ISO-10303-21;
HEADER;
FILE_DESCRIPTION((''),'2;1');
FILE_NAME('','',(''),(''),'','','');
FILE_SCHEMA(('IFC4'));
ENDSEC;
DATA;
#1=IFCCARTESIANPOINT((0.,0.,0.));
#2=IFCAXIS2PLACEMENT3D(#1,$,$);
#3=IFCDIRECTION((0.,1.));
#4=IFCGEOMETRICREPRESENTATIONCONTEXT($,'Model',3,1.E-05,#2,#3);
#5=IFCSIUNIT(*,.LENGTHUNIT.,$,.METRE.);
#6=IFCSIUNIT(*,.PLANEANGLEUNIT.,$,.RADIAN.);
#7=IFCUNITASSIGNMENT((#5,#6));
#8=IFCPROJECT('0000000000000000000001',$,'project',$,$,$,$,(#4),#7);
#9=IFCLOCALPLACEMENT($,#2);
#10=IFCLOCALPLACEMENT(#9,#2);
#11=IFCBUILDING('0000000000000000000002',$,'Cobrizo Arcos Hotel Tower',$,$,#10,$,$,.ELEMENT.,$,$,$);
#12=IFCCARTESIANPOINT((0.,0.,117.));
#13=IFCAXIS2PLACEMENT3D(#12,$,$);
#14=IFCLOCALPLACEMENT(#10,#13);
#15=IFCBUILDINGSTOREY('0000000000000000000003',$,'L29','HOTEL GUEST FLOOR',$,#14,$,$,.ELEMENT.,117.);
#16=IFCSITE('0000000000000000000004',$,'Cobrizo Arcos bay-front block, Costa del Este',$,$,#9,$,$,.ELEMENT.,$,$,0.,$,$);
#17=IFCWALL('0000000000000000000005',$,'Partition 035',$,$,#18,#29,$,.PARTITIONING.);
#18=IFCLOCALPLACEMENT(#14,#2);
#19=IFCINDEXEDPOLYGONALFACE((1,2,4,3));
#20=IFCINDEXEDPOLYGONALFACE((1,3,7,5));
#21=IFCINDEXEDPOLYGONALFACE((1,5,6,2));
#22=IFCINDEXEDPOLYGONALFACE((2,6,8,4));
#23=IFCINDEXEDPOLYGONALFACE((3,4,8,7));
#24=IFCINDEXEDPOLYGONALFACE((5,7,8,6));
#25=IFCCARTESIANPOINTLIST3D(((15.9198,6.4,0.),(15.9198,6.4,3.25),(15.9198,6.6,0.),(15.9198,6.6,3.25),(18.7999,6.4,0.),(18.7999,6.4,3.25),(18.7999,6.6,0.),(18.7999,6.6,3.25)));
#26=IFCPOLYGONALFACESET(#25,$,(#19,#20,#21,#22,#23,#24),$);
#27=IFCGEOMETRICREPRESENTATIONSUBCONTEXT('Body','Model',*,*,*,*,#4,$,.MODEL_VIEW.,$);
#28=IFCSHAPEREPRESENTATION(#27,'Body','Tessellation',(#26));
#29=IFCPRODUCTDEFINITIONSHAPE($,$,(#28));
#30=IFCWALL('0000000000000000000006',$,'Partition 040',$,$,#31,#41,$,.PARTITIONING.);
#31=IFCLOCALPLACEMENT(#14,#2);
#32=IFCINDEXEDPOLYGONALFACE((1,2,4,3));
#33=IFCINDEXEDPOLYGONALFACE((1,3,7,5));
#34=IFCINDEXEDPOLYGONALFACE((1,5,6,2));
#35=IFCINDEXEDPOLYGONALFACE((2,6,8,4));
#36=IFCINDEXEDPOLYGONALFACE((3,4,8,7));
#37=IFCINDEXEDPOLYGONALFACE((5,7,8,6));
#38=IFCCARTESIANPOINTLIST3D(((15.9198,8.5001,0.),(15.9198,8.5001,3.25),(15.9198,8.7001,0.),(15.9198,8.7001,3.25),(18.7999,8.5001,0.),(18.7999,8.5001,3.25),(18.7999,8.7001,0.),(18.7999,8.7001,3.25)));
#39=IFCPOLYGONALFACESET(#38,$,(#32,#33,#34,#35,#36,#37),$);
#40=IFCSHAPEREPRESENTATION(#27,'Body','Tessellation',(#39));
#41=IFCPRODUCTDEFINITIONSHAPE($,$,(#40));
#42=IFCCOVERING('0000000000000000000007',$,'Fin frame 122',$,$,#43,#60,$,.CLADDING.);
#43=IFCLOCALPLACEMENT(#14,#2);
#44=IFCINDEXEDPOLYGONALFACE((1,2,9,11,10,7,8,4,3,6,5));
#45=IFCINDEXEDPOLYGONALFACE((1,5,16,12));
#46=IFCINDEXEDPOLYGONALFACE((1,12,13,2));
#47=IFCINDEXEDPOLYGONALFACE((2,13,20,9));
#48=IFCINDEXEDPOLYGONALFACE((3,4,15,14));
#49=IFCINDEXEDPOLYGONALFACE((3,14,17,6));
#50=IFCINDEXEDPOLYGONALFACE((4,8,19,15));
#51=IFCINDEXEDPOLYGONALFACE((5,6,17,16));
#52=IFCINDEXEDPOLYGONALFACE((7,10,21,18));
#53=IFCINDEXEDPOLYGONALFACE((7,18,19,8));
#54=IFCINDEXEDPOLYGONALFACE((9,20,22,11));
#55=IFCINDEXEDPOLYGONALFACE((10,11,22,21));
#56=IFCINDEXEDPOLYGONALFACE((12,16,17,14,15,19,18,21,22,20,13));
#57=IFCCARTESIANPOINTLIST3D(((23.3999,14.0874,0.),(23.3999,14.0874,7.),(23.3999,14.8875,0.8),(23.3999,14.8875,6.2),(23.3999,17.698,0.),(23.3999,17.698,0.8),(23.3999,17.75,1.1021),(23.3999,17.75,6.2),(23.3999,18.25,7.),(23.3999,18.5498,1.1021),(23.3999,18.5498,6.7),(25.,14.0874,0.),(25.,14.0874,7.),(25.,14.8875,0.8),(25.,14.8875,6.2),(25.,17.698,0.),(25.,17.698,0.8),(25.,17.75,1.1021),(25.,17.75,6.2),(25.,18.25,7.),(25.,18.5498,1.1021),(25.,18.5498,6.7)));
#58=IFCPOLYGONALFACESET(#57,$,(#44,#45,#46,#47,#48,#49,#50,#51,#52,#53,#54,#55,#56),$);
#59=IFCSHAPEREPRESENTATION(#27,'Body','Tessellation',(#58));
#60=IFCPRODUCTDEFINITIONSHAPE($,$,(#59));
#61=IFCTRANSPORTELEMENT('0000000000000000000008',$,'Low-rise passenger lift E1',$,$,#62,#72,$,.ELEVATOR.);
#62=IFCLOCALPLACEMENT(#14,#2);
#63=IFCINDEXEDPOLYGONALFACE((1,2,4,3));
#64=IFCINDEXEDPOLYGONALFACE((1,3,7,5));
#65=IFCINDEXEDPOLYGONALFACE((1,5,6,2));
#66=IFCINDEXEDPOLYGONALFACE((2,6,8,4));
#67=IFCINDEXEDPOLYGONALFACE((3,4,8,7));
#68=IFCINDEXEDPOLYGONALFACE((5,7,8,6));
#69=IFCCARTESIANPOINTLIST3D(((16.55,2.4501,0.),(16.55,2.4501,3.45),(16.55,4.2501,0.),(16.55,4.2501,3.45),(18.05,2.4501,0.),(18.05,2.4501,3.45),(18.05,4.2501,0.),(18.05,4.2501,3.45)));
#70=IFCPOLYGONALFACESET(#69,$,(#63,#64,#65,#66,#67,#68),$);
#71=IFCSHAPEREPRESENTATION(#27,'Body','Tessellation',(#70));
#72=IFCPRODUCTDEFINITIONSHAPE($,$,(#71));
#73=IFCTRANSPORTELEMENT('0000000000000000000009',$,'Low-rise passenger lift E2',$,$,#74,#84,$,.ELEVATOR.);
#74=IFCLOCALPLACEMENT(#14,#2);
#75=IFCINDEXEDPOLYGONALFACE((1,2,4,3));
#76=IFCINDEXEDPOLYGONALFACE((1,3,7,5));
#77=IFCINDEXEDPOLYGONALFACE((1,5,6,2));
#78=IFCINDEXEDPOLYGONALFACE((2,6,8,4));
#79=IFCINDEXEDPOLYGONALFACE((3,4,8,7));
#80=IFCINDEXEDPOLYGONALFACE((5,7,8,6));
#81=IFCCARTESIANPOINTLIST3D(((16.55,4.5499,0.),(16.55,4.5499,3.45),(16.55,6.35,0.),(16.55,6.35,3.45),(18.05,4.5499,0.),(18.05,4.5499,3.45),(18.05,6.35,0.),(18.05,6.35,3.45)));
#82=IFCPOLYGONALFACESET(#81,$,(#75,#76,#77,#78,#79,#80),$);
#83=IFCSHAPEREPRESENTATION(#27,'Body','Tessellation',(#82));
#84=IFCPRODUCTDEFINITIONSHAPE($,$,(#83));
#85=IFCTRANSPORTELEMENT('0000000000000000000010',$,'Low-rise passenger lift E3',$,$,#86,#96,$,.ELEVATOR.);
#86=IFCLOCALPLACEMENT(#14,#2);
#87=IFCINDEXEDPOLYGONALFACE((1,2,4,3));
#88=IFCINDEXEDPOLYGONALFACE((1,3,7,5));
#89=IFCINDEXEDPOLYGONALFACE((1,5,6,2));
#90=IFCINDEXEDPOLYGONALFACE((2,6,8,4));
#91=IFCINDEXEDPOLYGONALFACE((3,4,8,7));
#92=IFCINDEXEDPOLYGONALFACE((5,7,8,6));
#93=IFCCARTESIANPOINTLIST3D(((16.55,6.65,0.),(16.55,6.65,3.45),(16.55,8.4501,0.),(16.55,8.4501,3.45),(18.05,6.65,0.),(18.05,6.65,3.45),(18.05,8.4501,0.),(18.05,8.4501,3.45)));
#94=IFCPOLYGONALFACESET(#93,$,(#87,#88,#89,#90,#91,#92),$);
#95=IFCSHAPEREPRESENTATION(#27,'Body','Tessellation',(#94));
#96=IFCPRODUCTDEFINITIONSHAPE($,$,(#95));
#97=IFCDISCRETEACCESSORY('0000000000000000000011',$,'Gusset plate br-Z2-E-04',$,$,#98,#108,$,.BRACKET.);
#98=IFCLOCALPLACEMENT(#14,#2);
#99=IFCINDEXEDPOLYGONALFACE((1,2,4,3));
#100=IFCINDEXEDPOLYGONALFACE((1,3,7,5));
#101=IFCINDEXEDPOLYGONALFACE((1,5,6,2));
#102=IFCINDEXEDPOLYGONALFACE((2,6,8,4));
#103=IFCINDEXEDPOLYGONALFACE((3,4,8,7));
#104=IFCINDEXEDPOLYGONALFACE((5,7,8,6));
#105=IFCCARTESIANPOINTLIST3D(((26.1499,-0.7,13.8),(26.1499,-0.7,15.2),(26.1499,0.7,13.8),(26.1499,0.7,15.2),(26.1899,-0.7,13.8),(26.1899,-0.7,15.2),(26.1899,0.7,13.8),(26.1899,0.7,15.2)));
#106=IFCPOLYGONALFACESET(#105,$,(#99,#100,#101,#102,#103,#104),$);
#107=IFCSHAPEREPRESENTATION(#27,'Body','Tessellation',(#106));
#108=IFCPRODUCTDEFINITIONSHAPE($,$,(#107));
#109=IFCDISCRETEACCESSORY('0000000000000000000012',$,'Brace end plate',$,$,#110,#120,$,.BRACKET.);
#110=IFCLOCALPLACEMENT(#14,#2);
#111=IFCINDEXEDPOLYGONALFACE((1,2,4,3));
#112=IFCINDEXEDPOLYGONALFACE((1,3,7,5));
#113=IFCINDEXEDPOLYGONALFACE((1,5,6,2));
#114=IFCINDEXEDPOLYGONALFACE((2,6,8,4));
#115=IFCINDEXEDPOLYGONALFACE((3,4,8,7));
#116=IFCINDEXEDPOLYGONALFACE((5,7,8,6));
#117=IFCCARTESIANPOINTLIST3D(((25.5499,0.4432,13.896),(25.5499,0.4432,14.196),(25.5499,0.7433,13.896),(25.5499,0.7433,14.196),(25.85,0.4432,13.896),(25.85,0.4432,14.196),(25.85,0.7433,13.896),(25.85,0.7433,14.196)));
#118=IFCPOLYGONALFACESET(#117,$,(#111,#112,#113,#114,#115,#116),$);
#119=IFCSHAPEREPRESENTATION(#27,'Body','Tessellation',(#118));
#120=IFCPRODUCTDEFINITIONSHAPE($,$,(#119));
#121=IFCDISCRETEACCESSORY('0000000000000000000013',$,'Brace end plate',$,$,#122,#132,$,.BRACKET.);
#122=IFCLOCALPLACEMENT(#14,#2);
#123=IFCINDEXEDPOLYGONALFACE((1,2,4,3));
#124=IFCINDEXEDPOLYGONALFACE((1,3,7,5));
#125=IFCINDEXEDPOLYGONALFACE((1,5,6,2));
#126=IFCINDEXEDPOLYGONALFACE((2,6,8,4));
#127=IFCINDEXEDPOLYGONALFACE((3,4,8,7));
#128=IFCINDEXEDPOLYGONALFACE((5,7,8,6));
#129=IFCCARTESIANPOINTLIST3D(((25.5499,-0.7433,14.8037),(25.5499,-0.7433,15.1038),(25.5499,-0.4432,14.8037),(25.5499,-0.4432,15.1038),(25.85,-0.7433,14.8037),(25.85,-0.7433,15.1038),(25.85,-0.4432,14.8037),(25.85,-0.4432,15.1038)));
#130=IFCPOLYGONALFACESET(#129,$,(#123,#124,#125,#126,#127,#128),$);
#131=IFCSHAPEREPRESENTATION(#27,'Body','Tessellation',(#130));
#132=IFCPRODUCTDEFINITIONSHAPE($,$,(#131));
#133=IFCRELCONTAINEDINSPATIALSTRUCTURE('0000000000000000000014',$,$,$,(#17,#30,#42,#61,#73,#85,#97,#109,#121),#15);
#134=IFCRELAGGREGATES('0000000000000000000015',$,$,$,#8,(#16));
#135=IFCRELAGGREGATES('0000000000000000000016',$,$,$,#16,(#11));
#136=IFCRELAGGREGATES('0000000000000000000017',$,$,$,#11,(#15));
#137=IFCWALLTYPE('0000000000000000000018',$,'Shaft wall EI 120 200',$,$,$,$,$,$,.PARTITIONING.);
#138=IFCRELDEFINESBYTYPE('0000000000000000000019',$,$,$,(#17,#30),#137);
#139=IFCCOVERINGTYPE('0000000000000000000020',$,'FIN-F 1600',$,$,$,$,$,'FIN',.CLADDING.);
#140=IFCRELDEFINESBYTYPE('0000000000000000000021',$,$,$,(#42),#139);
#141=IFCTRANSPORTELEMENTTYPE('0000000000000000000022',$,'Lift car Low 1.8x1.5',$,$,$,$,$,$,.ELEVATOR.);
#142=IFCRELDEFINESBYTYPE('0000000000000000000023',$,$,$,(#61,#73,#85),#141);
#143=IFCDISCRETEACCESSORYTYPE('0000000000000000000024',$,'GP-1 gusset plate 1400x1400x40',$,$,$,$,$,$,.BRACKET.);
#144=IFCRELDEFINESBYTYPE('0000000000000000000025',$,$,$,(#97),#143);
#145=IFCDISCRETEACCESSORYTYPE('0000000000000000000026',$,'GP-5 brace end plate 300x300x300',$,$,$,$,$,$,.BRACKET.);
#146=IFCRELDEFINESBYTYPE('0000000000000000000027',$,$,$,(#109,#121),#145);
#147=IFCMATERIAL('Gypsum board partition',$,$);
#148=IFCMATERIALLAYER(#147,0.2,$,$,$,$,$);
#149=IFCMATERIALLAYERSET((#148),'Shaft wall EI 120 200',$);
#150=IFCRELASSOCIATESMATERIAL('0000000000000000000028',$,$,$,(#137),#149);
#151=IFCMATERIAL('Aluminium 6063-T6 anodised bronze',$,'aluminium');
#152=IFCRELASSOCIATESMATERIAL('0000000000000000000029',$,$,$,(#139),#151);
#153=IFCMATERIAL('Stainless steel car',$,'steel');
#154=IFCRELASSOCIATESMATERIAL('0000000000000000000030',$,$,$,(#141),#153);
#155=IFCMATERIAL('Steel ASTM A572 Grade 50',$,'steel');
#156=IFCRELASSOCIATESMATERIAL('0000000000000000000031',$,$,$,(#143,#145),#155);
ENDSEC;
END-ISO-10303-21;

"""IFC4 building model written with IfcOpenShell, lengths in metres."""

from ifc_helpers import new_model, si_unit, direction, frame, frame_2d, origin, origin_2d, place, context, subcontext, project, spatial, polyline, rectangle, outline, extrude, material, layer, layer_set, type_object, element, save


model = new_model("IFC4")

# Units and contexts
model_context = context("Model", 3, precision=1e-05, world=origin(), true_north=direction((0.0, 1.0)))
body_context = subcontext(model_context, "Body", "Model", "MODEL_VIEW")
ifc_project = project(units=[si_unit("LENGTHUNIT", "METRE"), si_unit("PLANEANGLEUNIT", "RADIAN")], contexts=[model_context])

# Site, building, storey
site_placement = place(None, origin())
site = spatial("IfcSite", under=ifc_project, at=site_placement, Name="Cobrizo Arcos bay-front block, Costa del Este", CompositionType="ELEMENT", RefElevation=0.0)
building_placement = place(site_placement, origin())
building = spatial("IfcBuilding", under=site, at=building_placement, Name="Cobrizo Arcos Hotel Tower", CompositionType="ELEMENT")
storey_placement = place(building_placement, frame((0.0, 0.0, 117.0)))
storey = spatial("IfcBuildingStorey", under=building, at=storey_placement, Name="L29", Description="HOTEL GUEST FLOOR", CompositionType="ELEMENT", Elevation=117.0)

# Shared definitions
ifc_material_1 = material(Name="Steel ASTM A572 Grade 50", Category="steel")

# Shared definitions
ifc_material_2 = material(Name="Aluminium 6063-T6 anodised bronze", Category="aluminium")

# Shared definitions
ifc_material_3 = material(Name="Gypsum board partition")

# Walls
ifc_layer_1 = layer(ifc_material_3, 0.2)
ifc_layer_set_1 = layer_set([ifc_layer_1], Name="Shaft wall EI 120 200")
wall_type_1 = type_object("IfcWallType", Name="Shaft wall EI 120 200", PredefinedType="PARTITIONING", material=ifc_layer_set_1)
for number, where, z_axis, x_axis, name in (
    (1, (15.9199, 6.5, 0.0), (0.0, 0.0, 1.0), (1.0, 0.0, 0.0), "Partition 035"),
    (2, (15.9199, 8.6001, 0.0), (0.0, 0.0, 1.0), (1.0, 0.0, 0.0), "Partition 040"),
):
    element("IfcWall", number, at=place(storey_placement, frame(where, z_axis=z_axis, x_axis=x_axis)), inside=storey, type_object=wall_type_1, Name=name, PredefinedType="PARTITIONING", context=body_context, shape_type="SweptSolid", body=[
        extrude(rectangle(XDim=2.8801, YDim=0.2, at=frame_2d((1.4399, 0.0))), origin(), (0.0, 0.0, 1.0), 3.25),
    ])

# Covering
covering_type = type_object("IfcCoveringType", Name="FIN-F 1600", ElementType="FIN", PredefinedType="CLADDING", material=ifc_material_2)
covering_placement = place(storey_placement, frame((23.3999, 14.0874, 0.0), z_axis=(1.0, 0.0, 0.0), x_axis=(0.0, 1.0, 0.0)))
element("IfcCovering", 3, at=covering_placement, inside=storey, type_object=covering_type, Name="Fin frame 122", PredefinedType="CLADDING", context=body_context, shape_type="SweptSolid", body=[
    extrude(outline(polyline([(0.0, 0.0), (3.6106, 0.0), (3.6106, 0.8), (0.8, 0.8), (0.8, 6.2), (3.6626, 6.2), (3.6626, 1.1021), (4.4624, 1.1021), (4.4624, 6.7), (4.1626, 7.0), (0.0, 7.0), (0.0, 0.0)])), origin(), (0.0, 0.0, 1.0), 1.6001),
])

# Transport elements
ifc_material_4 = material(Name="Stainless steel car", Category="steel")
transport_element_type = type_object("IfcTransportElementType", Name="Lift car Low 1.8x1.5", PredefinedType="ELEVATOR", material=ifc_material_4)
for number, where, z_axis, x_axis, name in (
    (4, (17.3, 3.3501, 0.0), (0.0, 0.0, 1.0), (1.0, 0.0, 0.0), "Low-rise passenger lift E1"),
    (5, (17.3, 5.45, 0.0), (0.0, 0.0, 1.0), (1.0, 0.0, 0.0), "Low-rise passenger lift E2"),
    (6, (17.3, 7.55, 0.0), (0.0, 0.0, 1.0), (1.0, 0.0, 0.0), "Low-rise passenger lift E3"),
):
    element("IfcTransportElement", number, at=place(storey_placement, frame(where, z_axis=z_axis, x_axis=x_axis)), inside=storey, type_object=transport_element_type, Name=name, PredefinedType="ELEVATOR", context=body_context, shape_type="SweptSolid", body=[
        extrude(rectangle(XDim=1.5, YDim=1.8, at=origin_2d()), origin(), (0.0, 0.0, 1.0), 3.45),
    ])

# Discrete accessories
discrete_accessory_type_1 = type_object("IfcDiscreteAccessoryType", Name="GP-1 gusset plate 1400x1400x40", PredefinedType="BRACKET", material=ifc_material_1)
discrete_accessory_placement = place(storey_placement, frame((26.1699, 0.0, 13.8), z_axis=(0.0, 0.0, 1.0), x_axis=(1.0, 0.0, 0.0)))
element("IfcDiscreteAccessory", 7, at=discrete_accessory_placement, inside=storey, type_object=discrete_accessory_type_1, Name="Gusset plate br-Z2-E-04", PredefinedType="BRACKET", context=body_context, shape_type="SweptSolid", body=[
    extrude(rectangle(XDim=0.04, YDim=1.3999, at=origin_2d()), origin(), (0.0, 0.0, 1.0), 1.3999),
])
discrete_accessory_type_2 = type_object("IfcDiscreteAccessoryType", Name="GP-5 brace end plate 300x300x300", PredefinedType="BRACKET", material=ifc_material_1)
for number, where, z_axis, x_axis, name in (
    (8, (25.7, 0.5933, 13.896), (0.0, 0.0, 1.0), (1.0, 0.0, 0.0), "Brace end plate"),
    (9, (25.7, -0.5933, 14.8037), (0.0, 0.0, 1.0), (1.0, 0.0, 0.0), "Brace end plate"),
):
    element("IfcDiscreteAccessory", number, at=place(storey_placement, frame(where, z_axis=z_axis, x_axis=x_axis)), inside=storey, type_object=discrete_accessory_type_2, Name=name, PredefinedType="BRACKET", context=body_context, shape_type="SweptSolid", body=[
        extrude(rectangle(XDim=0.3, YDim=0.3, at=origin_2d()), origin(), (0.0, 0.0, 1.0), 0.3),
    ])

save(model, "model.ifc")
